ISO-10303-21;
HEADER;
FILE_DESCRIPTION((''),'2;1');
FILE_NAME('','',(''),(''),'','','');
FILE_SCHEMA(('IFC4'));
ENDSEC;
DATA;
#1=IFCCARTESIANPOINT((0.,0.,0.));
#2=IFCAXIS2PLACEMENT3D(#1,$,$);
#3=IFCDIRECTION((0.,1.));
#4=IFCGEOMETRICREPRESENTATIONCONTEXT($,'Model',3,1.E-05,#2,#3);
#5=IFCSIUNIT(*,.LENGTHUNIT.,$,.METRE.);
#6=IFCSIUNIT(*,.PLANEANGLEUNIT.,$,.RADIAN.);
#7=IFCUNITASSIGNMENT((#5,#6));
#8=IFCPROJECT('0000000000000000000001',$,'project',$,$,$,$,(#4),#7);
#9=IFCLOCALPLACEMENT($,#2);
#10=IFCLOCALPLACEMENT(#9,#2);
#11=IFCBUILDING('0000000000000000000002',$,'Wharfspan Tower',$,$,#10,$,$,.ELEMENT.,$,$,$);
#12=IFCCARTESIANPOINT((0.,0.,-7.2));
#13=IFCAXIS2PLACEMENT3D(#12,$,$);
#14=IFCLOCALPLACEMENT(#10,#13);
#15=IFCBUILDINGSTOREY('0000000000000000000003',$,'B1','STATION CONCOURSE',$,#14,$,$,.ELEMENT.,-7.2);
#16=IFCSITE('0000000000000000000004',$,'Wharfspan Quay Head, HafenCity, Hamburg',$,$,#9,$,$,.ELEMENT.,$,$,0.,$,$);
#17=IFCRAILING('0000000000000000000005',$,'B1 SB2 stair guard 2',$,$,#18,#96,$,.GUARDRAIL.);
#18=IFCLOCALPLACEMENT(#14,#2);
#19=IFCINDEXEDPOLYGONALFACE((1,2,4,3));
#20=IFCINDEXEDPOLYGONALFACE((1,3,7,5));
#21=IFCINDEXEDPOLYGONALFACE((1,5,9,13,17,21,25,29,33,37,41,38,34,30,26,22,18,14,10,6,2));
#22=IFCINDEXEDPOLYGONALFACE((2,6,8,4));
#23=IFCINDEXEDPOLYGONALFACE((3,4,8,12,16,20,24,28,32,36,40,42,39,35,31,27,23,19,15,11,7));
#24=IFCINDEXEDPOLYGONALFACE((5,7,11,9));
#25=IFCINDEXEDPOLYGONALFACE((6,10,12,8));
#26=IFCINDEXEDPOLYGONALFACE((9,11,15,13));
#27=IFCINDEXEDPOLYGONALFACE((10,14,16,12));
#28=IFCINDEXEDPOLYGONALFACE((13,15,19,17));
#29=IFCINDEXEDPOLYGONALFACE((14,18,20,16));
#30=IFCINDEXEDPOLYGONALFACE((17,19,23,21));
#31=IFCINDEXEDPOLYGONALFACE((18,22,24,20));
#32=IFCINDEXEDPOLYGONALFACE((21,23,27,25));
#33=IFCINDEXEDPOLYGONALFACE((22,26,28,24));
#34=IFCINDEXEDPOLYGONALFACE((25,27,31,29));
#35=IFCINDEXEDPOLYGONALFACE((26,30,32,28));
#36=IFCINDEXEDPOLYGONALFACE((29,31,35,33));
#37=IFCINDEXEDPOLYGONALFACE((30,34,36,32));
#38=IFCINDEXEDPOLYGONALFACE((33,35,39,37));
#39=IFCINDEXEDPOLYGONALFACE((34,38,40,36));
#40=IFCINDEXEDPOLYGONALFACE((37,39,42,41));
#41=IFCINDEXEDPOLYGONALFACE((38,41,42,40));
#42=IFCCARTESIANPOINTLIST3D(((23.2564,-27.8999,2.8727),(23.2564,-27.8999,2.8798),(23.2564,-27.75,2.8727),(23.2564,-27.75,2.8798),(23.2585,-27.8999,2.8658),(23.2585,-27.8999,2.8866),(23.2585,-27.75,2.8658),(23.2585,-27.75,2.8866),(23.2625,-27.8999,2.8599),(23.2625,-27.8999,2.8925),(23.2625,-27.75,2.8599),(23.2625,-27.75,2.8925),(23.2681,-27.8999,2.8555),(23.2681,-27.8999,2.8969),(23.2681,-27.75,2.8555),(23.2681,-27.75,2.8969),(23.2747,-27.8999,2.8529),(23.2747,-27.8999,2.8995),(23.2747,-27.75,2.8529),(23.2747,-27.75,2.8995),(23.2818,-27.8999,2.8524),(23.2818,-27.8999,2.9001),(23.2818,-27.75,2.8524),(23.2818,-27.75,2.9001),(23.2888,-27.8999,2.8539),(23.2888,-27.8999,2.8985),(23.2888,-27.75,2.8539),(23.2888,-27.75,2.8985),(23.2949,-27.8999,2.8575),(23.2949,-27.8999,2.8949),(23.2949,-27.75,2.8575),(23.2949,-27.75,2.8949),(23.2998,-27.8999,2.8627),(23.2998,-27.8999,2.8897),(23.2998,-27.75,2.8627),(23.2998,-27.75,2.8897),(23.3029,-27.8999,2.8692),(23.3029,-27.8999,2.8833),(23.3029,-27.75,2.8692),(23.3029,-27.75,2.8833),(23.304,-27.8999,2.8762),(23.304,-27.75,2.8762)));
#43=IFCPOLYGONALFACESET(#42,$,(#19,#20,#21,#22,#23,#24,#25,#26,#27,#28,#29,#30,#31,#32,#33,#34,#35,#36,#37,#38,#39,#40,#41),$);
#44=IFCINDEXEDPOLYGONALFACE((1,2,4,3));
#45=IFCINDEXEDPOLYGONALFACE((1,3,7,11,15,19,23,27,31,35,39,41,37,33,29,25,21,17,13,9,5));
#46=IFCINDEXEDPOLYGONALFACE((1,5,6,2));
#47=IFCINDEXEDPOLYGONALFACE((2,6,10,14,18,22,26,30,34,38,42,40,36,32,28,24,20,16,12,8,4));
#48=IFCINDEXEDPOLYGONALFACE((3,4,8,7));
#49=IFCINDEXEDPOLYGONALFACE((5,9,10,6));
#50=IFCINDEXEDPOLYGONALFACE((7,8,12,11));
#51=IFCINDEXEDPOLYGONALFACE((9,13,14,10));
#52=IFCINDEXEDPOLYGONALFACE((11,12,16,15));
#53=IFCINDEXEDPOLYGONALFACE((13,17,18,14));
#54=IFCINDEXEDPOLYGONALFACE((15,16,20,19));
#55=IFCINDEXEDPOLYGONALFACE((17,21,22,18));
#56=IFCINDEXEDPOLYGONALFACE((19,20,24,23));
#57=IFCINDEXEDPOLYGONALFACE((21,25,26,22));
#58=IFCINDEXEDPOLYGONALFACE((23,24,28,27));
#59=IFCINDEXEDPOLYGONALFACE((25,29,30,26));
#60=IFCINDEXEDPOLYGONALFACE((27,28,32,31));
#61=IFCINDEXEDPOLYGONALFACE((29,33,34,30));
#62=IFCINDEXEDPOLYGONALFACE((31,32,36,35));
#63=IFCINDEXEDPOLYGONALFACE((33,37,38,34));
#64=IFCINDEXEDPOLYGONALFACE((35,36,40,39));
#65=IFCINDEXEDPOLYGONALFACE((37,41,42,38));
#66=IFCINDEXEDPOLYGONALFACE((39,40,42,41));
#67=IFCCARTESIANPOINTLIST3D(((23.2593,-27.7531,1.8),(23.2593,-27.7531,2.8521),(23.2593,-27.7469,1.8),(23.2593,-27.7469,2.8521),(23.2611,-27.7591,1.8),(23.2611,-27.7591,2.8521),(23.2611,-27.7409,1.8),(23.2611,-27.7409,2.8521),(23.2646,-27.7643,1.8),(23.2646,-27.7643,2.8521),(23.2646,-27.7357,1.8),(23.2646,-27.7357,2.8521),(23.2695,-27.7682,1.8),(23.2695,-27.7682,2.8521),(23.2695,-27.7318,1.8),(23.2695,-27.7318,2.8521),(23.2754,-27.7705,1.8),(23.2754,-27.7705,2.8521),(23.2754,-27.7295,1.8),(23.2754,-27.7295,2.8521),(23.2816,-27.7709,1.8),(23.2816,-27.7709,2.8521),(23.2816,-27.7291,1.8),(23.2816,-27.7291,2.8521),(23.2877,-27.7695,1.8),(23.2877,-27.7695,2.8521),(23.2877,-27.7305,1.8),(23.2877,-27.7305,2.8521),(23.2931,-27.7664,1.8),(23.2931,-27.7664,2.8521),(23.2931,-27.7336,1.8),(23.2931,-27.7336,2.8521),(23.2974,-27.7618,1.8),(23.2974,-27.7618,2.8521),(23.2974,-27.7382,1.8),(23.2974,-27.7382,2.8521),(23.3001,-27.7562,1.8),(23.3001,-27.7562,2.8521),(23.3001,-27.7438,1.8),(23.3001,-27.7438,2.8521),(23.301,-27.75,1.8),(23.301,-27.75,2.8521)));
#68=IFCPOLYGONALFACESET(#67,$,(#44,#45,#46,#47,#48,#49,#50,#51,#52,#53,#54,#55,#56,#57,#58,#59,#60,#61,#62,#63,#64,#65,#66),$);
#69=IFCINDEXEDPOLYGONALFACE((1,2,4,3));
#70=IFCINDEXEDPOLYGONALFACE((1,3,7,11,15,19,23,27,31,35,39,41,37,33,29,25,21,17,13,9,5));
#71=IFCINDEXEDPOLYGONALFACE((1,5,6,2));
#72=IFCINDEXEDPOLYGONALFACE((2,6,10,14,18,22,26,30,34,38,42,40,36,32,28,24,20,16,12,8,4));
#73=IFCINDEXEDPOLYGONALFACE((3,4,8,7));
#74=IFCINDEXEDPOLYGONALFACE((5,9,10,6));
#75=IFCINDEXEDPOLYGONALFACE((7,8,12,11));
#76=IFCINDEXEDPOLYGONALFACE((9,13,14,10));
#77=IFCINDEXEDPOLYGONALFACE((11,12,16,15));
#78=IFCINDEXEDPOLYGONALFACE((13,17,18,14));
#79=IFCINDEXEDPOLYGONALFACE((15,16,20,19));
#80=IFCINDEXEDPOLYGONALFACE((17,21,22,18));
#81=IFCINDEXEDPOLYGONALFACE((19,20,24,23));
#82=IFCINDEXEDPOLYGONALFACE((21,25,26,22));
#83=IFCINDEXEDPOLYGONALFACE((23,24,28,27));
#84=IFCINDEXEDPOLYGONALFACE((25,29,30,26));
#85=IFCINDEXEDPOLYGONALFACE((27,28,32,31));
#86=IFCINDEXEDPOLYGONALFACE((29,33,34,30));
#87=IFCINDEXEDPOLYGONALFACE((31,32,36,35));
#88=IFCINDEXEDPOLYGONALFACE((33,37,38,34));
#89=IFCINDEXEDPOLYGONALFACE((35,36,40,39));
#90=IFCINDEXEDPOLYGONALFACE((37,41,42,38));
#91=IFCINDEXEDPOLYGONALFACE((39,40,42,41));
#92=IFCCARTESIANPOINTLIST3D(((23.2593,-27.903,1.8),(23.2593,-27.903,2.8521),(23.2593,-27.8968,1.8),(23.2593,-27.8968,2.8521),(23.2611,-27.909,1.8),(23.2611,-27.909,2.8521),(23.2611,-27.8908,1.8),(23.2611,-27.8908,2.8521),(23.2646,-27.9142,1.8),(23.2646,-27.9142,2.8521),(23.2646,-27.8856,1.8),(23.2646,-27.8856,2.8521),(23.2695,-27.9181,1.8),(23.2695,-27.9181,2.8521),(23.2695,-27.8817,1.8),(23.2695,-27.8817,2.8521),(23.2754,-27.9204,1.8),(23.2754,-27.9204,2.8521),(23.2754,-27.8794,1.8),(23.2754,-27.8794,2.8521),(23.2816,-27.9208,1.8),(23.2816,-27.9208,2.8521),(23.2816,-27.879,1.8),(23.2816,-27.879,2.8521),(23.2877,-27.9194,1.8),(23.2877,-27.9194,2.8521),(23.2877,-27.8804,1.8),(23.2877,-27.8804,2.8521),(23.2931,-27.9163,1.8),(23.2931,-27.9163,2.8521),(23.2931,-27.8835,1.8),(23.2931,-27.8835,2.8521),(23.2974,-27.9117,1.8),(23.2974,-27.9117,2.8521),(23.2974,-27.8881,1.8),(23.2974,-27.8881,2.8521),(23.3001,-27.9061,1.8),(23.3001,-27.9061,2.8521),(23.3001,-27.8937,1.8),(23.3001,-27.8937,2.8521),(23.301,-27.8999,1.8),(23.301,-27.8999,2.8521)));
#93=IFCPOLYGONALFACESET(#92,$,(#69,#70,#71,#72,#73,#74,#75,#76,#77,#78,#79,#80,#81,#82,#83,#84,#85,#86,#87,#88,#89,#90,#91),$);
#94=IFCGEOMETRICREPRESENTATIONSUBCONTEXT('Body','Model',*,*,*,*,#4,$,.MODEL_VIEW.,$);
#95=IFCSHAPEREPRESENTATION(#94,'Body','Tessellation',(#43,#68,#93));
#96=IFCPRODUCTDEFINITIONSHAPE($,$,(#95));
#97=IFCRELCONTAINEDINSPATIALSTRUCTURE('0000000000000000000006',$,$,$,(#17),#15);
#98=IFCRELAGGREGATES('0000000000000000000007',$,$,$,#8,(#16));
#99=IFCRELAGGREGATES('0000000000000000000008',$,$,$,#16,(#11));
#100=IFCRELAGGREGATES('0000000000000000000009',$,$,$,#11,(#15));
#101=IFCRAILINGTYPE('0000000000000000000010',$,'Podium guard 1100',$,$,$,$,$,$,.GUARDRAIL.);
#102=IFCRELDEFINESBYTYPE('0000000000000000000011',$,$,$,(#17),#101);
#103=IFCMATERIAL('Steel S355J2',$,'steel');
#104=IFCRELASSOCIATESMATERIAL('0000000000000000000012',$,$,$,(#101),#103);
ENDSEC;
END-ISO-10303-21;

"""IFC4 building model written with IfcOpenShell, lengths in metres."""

from ifc_helpers import new_model, si_unit, direction, frame, origin, origin_2d, place, context, subcontext, project, spatial, circle, extrude, material, type_object, element, save


model = new_model("IFC4")

# Units and contexts
model_context = context("Model", 3, precision=1e-05, world=origin(), true_north=direction((0.0, 1.0)))
body_context = subcontext(model_context, "Body", "Model", "MODEL_VIEW")
ifc_project = project(units=[si_unit("LENGTHUNIT", "METRE"), si_unit("PLANEANGLEUNIT", "RADIAN")], contexts=[model_context])

# Site, building, storey
site_placement = place(None, origin())
site = spatial("IfcSite", under=ifc_project, at=site_placement, Name="Wharfspan Quay Head, HafenCity, Hamburg", CompositionType="ELEMENT", RefElevation=0.0)
building_placement = place(site_placement, origin())
building = spatial("IfcBuilding", under=site, at=building_placement, Name="Wharfspan Tower", CompositionType="ELEMENT")
storey_placement = place(building_placement, frame((0.0, 0.0, -7.2)))
storey = spatial("IfcBuildingStorey", under=building, at=storey_placement, Name="B1", Description="STATION CONCOURSE", CompositionType="ELEMENT", Elevation=-7.2)

# Railing
ifc_material_1 = material(Name="Steel S355J2", Category="steel")
railing_type_1 = type_object("IfcRailingType", Name="Podium guard 1100", PredefinedType="GUARDRAIL", material=ifc_material_1)
railing_1_placement = place(storey_placement, frame((23.28, -27.75, 1.8)))
element("IfcRailing", 1, at=railing_1_placement, inside=storey, type_object=railing_type_1, Name="B1 SB2 stair guard 2", PredefinedType="GUARDRAIL", context=body_context, shape_type="SweptSolid", body=[
    extrude(circle(Radius=0.0239, at=origin_2d()), frame((0.0, 0.0, 1.0762), z_axis=(0.0, -1.0, 0.0), x_axis=(1.0, 0.0, 0.0)), (0.0, 0.0, 1.0), 0.1499),
    extrude(circle(Radius=0.021, at=origin_2d()), origin(), (0.0, 0.0, 1.0), 1.052),
    extrude(circle(Radius=0.021, at=origin_2d()), frame((0.0, -0.1499, 0.0)), (0.0, 0.0, 1.0), 1.052),
])

save(model, "model.ifc")
